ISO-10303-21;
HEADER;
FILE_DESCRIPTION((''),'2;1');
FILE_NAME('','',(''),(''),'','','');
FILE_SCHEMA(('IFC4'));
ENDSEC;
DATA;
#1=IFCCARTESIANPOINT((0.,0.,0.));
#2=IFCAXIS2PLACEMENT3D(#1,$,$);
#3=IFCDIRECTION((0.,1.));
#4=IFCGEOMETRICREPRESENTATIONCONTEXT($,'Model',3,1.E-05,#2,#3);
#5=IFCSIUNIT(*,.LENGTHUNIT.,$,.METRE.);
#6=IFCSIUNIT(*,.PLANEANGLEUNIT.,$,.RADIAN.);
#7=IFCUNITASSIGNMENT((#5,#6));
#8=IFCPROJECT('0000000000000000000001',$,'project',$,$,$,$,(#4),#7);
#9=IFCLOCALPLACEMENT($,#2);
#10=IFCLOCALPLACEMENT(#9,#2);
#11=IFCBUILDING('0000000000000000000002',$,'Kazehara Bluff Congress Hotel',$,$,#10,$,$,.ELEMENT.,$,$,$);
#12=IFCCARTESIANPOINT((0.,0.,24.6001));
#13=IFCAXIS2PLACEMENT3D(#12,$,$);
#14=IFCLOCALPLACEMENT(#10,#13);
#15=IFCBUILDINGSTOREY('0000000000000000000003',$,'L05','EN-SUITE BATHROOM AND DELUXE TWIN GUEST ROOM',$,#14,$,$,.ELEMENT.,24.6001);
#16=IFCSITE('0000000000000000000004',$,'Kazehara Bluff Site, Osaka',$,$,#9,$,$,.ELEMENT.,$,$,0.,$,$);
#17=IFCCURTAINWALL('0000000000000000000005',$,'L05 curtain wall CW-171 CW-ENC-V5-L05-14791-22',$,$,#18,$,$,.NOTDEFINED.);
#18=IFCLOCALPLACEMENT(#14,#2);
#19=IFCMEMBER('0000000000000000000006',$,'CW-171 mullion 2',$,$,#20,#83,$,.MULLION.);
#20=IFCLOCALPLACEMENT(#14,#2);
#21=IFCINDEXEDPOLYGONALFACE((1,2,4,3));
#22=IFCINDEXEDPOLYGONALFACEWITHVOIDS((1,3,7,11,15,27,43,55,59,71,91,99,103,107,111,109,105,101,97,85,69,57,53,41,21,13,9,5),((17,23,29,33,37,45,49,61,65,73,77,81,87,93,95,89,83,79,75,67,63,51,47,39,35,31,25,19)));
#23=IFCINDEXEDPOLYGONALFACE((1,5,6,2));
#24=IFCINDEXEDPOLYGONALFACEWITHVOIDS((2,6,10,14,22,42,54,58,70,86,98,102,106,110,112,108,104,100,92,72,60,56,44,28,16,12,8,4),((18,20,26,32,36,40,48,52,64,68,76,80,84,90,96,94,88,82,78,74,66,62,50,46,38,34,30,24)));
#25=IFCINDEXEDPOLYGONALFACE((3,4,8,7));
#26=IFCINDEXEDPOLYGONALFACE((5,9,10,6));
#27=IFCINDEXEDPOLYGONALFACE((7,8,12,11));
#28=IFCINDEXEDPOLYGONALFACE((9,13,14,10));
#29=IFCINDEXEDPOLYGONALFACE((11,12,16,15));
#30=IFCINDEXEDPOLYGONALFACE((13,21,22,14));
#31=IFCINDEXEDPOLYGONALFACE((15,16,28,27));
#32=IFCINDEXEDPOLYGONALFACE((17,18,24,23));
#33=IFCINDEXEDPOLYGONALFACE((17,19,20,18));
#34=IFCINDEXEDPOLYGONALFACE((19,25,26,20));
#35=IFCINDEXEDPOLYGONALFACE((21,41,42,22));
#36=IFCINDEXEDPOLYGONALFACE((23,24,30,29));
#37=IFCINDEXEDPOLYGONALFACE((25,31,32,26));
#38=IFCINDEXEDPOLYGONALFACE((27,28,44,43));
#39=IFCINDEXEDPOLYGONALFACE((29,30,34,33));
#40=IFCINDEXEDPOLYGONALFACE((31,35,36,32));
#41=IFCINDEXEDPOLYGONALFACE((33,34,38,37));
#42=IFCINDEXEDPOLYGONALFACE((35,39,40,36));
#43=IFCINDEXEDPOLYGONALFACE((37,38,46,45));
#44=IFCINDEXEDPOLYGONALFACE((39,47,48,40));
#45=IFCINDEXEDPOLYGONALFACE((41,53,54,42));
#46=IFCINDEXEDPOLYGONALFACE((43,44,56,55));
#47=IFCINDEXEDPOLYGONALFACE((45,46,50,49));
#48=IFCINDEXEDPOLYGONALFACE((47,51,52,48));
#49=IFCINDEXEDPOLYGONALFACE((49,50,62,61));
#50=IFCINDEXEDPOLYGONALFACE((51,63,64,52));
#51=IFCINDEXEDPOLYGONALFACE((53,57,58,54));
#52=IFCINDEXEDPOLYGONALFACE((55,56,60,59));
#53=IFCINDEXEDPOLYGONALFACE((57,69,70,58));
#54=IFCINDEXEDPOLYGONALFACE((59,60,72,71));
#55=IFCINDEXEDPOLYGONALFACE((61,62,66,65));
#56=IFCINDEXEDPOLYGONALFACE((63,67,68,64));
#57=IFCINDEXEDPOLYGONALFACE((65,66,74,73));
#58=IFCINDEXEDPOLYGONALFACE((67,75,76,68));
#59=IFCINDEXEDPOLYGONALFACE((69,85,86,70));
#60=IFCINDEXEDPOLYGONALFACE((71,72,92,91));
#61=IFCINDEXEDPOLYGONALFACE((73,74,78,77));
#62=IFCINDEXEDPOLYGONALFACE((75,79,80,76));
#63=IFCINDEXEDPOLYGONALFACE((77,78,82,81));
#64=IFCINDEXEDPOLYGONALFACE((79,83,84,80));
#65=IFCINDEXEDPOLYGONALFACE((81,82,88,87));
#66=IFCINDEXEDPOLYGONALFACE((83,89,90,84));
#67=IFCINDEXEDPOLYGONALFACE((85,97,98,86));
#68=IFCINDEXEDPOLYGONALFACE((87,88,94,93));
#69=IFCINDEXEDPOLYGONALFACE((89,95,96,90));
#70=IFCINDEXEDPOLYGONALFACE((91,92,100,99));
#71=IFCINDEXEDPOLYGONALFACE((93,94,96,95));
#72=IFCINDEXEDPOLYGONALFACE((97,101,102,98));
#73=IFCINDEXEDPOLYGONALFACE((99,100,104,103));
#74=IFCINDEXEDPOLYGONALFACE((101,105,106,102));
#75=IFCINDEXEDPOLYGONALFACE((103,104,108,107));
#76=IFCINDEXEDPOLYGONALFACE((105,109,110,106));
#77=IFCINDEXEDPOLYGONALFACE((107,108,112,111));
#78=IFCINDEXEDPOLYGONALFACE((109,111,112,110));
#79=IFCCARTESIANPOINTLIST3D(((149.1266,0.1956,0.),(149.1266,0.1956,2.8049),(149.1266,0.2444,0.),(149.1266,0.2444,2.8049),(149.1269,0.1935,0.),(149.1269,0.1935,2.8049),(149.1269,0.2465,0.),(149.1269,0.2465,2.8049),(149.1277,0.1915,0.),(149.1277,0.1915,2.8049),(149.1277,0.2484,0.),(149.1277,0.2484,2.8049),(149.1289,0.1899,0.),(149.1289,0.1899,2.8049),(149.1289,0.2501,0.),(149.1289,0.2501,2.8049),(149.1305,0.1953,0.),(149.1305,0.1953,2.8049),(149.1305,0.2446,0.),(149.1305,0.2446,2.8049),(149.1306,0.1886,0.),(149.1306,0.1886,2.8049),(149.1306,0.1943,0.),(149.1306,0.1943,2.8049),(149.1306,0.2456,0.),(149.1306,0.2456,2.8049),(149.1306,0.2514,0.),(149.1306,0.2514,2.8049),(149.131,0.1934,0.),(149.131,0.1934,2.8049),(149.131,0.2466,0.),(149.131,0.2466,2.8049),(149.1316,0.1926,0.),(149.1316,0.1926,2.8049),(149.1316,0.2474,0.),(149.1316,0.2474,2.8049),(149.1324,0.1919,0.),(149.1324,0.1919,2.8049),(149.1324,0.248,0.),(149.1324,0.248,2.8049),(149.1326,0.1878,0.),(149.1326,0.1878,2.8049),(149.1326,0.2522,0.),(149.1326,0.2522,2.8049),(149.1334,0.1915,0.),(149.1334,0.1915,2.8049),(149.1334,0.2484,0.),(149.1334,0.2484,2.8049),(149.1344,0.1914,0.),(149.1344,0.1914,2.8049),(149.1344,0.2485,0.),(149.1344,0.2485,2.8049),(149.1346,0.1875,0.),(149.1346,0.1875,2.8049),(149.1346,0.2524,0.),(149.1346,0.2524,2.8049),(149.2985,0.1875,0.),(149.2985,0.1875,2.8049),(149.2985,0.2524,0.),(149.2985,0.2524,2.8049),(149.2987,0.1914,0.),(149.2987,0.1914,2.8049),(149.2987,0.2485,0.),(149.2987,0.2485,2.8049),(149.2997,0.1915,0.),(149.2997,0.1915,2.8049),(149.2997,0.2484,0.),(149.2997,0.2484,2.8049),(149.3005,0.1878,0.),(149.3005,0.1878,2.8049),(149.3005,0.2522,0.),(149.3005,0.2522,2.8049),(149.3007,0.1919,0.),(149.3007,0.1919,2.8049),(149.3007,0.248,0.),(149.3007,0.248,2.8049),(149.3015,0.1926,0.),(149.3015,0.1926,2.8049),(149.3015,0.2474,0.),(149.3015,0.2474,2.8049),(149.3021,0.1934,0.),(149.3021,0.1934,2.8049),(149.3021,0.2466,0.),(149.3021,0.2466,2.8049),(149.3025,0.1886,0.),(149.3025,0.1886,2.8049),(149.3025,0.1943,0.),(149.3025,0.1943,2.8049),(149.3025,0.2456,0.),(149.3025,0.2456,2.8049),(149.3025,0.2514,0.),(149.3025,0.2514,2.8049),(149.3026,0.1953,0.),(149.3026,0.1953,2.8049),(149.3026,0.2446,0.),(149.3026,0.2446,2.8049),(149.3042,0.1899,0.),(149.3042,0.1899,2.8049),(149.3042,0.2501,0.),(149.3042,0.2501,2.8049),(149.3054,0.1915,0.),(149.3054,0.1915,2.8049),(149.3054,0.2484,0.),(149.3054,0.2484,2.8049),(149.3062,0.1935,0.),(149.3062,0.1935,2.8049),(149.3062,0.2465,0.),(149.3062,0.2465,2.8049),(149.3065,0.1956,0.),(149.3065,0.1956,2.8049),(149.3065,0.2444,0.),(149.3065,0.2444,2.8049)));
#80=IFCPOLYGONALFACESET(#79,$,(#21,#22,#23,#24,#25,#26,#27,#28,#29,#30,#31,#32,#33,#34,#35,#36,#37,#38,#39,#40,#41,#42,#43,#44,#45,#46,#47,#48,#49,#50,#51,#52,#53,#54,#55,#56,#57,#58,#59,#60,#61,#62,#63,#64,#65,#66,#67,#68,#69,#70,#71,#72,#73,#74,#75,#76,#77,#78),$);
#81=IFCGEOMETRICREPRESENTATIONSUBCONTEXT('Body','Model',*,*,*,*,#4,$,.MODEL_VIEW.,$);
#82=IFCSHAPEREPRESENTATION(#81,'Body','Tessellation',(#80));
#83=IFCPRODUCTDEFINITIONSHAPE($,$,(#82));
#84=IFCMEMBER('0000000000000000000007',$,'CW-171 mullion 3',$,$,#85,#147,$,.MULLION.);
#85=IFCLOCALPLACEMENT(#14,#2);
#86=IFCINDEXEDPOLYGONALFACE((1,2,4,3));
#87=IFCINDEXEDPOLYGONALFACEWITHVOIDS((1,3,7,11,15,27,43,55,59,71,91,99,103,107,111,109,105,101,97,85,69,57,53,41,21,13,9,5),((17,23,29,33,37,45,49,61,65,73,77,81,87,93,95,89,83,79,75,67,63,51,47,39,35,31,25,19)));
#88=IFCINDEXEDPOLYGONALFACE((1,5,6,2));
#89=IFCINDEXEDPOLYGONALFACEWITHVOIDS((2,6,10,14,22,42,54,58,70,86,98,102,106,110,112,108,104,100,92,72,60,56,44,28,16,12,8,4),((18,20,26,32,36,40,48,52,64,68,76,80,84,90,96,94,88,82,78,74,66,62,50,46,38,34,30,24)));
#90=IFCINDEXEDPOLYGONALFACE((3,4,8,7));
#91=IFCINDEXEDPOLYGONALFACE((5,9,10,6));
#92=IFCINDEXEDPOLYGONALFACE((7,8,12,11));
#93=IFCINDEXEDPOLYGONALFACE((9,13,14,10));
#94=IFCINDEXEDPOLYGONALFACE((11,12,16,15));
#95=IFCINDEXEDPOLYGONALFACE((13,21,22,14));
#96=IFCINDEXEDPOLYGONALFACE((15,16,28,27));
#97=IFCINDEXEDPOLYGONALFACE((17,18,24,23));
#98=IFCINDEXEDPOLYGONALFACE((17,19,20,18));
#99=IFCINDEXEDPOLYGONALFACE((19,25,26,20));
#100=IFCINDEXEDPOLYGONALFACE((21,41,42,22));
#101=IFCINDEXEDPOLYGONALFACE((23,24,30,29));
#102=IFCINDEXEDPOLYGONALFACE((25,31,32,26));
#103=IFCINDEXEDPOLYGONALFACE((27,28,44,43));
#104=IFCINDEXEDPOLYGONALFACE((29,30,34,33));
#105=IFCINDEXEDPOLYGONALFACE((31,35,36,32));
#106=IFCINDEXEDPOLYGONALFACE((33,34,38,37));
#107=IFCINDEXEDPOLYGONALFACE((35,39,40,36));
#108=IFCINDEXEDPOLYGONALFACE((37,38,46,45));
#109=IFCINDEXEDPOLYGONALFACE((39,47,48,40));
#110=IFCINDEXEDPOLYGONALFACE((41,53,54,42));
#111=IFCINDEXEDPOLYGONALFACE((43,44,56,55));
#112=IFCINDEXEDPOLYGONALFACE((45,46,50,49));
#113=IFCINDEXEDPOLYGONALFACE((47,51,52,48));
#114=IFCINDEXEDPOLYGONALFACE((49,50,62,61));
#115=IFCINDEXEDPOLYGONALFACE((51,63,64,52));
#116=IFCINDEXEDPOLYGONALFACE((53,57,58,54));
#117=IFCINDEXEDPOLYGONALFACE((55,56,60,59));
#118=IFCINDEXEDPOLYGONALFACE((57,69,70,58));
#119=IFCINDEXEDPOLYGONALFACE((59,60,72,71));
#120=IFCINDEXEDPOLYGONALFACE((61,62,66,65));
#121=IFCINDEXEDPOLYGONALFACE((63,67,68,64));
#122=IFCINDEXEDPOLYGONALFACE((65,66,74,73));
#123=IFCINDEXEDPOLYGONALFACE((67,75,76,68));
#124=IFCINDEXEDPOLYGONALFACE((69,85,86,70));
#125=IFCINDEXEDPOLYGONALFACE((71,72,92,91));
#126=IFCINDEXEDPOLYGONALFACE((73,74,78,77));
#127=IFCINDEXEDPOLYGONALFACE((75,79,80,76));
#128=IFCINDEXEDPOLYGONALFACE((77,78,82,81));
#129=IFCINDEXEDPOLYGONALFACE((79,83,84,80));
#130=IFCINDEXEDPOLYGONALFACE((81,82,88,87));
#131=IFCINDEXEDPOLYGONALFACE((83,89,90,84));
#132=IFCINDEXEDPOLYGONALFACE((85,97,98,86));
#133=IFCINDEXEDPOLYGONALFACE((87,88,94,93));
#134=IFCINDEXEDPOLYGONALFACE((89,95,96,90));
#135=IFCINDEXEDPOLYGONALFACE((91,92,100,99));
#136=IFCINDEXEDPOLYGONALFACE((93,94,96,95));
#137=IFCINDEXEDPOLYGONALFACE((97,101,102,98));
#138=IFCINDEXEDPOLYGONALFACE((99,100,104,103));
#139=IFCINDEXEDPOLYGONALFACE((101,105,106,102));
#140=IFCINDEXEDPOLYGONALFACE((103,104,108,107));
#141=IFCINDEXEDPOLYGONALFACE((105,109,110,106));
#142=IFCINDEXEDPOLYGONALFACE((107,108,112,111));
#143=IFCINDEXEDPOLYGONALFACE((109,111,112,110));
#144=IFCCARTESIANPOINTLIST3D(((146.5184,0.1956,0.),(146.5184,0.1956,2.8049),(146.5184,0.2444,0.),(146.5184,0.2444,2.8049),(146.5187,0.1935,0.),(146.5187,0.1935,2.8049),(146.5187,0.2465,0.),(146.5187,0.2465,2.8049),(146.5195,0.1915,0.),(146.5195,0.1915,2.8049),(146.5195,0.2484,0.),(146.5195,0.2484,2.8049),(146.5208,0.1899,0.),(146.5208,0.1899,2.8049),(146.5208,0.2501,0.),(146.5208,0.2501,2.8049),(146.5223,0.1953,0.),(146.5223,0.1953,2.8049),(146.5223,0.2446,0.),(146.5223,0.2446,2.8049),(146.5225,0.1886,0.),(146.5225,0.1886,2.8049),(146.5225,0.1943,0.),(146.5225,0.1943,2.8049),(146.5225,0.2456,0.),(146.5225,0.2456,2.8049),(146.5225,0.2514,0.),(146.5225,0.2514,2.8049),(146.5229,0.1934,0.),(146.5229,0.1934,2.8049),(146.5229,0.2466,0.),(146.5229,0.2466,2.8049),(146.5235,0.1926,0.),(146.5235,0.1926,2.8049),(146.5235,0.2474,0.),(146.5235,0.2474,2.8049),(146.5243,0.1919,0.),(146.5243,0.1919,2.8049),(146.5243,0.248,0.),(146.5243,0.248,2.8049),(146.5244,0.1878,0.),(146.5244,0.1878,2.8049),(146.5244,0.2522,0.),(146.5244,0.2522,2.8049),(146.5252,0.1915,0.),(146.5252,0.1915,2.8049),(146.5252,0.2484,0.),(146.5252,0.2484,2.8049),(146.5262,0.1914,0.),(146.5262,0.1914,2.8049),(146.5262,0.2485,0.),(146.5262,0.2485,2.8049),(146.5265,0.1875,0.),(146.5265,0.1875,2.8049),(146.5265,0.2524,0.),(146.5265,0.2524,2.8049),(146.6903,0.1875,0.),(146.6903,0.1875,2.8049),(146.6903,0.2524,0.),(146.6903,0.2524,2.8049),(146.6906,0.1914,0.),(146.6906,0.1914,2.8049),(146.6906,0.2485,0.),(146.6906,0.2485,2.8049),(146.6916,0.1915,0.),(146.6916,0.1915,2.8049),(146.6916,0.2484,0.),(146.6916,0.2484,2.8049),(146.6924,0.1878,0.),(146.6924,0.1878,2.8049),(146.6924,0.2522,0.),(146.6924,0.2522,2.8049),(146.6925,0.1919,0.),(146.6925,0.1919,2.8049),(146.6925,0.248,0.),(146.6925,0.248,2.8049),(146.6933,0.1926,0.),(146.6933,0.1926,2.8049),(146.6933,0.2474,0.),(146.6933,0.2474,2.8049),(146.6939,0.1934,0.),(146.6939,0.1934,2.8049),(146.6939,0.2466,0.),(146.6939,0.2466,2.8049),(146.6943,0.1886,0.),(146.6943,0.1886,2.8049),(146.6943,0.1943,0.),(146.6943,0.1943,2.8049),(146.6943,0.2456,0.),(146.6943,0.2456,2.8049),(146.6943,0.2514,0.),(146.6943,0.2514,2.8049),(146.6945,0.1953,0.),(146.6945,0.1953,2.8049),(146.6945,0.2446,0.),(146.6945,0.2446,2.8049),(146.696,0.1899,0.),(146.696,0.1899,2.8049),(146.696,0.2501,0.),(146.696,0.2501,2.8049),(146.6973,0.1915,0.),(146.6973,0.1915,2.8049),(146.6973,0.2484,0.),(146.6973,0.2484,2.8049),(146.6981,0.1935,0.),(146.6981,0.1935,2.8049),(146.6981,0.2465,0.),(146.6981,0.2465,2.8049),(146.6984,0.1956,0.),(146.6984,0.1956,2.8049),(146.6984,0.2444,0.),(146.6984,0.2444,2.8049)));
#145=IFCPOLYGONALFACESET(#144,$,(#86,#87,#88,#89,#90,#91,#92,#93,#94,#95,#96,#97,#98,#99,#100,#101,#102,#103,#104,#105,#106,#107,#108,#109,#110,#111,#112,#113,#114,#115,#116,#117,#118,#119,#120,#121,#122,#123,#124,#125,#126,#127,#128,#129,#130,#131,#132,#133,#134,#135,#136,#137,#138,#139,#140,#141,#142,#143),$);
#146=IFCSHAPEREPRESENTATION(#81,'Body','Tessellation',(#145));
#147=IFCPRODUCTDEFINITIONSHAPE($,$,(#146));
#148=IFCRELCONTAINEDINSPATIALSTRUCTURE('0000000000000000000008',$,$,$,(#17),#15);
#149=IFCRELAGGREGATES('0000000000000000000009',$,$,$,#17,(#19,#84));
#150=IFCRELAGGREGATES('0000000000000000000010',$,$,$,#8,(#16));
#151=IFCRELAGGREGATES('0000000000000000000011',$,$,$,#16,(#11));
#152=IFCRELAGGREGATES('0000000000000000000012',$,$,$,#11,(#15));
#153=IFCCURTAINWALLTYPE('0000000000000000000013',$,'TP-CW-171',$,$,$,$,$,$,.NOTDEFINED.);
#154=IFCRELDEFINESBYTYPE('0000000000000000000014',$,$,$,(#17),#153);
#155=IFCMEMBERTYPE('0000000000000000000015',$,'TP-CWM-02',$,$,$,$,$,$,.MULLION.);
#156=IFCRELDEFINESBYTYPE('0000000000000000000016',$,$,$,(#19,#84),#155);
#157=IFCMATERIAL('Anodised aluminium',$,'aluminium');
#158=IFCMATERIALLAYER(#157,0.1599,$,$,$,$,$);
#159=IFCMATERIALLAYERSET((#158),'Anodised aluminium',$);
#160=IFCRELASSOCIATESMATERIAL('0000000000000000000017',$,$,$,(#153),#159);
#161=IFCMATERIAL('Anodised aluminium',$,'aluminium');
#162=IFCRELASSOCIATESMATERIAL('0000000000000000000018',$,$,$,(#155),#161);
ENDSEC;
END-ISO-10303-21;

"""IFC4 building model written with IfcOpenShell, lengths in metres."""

from ifc_helpers import new_model, si_unit, direction, frame, origin, origin_2d, place, context, subcontext, project, spatial, hollow_rectangle, extrude, material, layer, layer_set, material_profile, profile_set, type_object, element, aggregate, save


model = new_model("IFC4")

# Units and contexts
model_context = context("Model", 3, precision=1e-05, world=origin(), true_north=direction((0.0, 1.0)))
body_context = subcontext(model_context, "Body", "Model", "MODEL_VIEW")
ifc_project = project(units=[si_unit("LENGTHUNIT", "METRE"), si_unit("PLANEANGLEUNIT", "RADIAN")], contexts=[model_context])

# Site, building, storey
site_placement = place(None, origin())
site = spatial("IfcSite", under=ifc_project, at=site_placement, Name="Kazehara Bluff Site, Osaka", CompositionType="ELEMENT", RefElevation=0.0)
building_placement = place(site_placement, origin())
building = spatial("IfcBuilding", under=site, at=building_placement, Name="Kazehara Bluff Congress Hotel", CompositionType="ELEMENT")
storey_placement = place(building_placement, frame((0.0, 0.0, 24.6001)))
storey = spatial("IfcBuildingStorey", under=building, at=storey_placement, Name="L05", Description="EN-SUITE BATHROOM AND DELUXE TWIN GUEST ROOM", CompositionType="ELEMENT", Elevation=24.6001)

# Curtain wall, members
ifc_material_1 = material(Name="Anodised aluminium", Category="aluminium")
ifc_layer_1 = layer(ifc_material_1, 0.1599)
ifc_layer_set_1 = layer_set([ifc_layer_1], Name="Anodised aluminium")
curtain_wall_type = type_object("IfcCurtainWallType", Name="TP-CW-171", PredefinedType="NOTDEFINED", material=ifc_layer_set_1)
curtain_wall_placement = place(storey_placement, origin())
curtain_wall = element("IfcCurtainWall", 1, at=curtain_wall_placement, inside=storey, type_object=curtain_wall_type, Name="L05 curtain wall CW-171 CW-ENC-V5-L05-14791-22", PredefinedType="NOTDEFINED")
ifc_material_2 = material(Name="Anodised aluminium", Category="aluminium")
ifc_material_profile_1 = material_profile(ifc_material_2, hollow_rectangle(XDim=0.0649, YDim=0.1799, WallThickness=0.0039, InnerFilletRadius=0.0039, OuterFilletRadius=0.0081, at=origin_2d()))
ifc_profile_set_1 = profile_set([ifc_material_profile_1], Name="Anodised aluminium")
member_type_1 = type_object("IfcMemberType", Name="TP-CWM-02", PredefinedType="MULLION", material=ifc_profile_set_1)
member_1_placement = place(storey_placement, frame((149.2166, 0.22, 0.0), z_axis=(0.0, 0.0, 1.0), x_axis=(0.0, -1.0, 0.0)))
member_1 = element("IfcMember", 2, at=member_1_placement, type_object=member_type_1, Name="CW-171 mullion 2", PredefinedType="MULLION", context=body_context, shape_type="SweptSolid", body=[
    extrude(hollow_rectangle(XDim=0.0649, YDim=0.1799, WallThickness=0.0039, InnerFilletRadius=0.0039, OuterFilletRadius=0.0081, at=origin_2d()), origin(), (0.0, 0.0, 1.0), 2.8049),
])
member_2_placement = place(storey_placement, frame((146.6084, 0.22, 0.0), z_axis=(0.0, 0.0, 1.0), x_axis=(0.0, -1.0, 0.0)))
member_2 = element("IfcMember", 3, at=member_2_placement, type_object=member_type_1, Name="CW-171 mullion 3", PredefinedType="MULLION", context=body_context, shape_type="SweptSolid", body=[
    extrude(hollow_rectangle(XDim=0.0649, YDim=0.1799, WallThickness=0.0039, InnerFilletRadius=0.0039, OuterFilletRadius=0.0081, at=origin_2d()), origin(), (0.0, 0.0, 1.0), 2.8049),
])
aggregate(curtain_wall, [member_1, member_2])

save(model, "model.ifc")
